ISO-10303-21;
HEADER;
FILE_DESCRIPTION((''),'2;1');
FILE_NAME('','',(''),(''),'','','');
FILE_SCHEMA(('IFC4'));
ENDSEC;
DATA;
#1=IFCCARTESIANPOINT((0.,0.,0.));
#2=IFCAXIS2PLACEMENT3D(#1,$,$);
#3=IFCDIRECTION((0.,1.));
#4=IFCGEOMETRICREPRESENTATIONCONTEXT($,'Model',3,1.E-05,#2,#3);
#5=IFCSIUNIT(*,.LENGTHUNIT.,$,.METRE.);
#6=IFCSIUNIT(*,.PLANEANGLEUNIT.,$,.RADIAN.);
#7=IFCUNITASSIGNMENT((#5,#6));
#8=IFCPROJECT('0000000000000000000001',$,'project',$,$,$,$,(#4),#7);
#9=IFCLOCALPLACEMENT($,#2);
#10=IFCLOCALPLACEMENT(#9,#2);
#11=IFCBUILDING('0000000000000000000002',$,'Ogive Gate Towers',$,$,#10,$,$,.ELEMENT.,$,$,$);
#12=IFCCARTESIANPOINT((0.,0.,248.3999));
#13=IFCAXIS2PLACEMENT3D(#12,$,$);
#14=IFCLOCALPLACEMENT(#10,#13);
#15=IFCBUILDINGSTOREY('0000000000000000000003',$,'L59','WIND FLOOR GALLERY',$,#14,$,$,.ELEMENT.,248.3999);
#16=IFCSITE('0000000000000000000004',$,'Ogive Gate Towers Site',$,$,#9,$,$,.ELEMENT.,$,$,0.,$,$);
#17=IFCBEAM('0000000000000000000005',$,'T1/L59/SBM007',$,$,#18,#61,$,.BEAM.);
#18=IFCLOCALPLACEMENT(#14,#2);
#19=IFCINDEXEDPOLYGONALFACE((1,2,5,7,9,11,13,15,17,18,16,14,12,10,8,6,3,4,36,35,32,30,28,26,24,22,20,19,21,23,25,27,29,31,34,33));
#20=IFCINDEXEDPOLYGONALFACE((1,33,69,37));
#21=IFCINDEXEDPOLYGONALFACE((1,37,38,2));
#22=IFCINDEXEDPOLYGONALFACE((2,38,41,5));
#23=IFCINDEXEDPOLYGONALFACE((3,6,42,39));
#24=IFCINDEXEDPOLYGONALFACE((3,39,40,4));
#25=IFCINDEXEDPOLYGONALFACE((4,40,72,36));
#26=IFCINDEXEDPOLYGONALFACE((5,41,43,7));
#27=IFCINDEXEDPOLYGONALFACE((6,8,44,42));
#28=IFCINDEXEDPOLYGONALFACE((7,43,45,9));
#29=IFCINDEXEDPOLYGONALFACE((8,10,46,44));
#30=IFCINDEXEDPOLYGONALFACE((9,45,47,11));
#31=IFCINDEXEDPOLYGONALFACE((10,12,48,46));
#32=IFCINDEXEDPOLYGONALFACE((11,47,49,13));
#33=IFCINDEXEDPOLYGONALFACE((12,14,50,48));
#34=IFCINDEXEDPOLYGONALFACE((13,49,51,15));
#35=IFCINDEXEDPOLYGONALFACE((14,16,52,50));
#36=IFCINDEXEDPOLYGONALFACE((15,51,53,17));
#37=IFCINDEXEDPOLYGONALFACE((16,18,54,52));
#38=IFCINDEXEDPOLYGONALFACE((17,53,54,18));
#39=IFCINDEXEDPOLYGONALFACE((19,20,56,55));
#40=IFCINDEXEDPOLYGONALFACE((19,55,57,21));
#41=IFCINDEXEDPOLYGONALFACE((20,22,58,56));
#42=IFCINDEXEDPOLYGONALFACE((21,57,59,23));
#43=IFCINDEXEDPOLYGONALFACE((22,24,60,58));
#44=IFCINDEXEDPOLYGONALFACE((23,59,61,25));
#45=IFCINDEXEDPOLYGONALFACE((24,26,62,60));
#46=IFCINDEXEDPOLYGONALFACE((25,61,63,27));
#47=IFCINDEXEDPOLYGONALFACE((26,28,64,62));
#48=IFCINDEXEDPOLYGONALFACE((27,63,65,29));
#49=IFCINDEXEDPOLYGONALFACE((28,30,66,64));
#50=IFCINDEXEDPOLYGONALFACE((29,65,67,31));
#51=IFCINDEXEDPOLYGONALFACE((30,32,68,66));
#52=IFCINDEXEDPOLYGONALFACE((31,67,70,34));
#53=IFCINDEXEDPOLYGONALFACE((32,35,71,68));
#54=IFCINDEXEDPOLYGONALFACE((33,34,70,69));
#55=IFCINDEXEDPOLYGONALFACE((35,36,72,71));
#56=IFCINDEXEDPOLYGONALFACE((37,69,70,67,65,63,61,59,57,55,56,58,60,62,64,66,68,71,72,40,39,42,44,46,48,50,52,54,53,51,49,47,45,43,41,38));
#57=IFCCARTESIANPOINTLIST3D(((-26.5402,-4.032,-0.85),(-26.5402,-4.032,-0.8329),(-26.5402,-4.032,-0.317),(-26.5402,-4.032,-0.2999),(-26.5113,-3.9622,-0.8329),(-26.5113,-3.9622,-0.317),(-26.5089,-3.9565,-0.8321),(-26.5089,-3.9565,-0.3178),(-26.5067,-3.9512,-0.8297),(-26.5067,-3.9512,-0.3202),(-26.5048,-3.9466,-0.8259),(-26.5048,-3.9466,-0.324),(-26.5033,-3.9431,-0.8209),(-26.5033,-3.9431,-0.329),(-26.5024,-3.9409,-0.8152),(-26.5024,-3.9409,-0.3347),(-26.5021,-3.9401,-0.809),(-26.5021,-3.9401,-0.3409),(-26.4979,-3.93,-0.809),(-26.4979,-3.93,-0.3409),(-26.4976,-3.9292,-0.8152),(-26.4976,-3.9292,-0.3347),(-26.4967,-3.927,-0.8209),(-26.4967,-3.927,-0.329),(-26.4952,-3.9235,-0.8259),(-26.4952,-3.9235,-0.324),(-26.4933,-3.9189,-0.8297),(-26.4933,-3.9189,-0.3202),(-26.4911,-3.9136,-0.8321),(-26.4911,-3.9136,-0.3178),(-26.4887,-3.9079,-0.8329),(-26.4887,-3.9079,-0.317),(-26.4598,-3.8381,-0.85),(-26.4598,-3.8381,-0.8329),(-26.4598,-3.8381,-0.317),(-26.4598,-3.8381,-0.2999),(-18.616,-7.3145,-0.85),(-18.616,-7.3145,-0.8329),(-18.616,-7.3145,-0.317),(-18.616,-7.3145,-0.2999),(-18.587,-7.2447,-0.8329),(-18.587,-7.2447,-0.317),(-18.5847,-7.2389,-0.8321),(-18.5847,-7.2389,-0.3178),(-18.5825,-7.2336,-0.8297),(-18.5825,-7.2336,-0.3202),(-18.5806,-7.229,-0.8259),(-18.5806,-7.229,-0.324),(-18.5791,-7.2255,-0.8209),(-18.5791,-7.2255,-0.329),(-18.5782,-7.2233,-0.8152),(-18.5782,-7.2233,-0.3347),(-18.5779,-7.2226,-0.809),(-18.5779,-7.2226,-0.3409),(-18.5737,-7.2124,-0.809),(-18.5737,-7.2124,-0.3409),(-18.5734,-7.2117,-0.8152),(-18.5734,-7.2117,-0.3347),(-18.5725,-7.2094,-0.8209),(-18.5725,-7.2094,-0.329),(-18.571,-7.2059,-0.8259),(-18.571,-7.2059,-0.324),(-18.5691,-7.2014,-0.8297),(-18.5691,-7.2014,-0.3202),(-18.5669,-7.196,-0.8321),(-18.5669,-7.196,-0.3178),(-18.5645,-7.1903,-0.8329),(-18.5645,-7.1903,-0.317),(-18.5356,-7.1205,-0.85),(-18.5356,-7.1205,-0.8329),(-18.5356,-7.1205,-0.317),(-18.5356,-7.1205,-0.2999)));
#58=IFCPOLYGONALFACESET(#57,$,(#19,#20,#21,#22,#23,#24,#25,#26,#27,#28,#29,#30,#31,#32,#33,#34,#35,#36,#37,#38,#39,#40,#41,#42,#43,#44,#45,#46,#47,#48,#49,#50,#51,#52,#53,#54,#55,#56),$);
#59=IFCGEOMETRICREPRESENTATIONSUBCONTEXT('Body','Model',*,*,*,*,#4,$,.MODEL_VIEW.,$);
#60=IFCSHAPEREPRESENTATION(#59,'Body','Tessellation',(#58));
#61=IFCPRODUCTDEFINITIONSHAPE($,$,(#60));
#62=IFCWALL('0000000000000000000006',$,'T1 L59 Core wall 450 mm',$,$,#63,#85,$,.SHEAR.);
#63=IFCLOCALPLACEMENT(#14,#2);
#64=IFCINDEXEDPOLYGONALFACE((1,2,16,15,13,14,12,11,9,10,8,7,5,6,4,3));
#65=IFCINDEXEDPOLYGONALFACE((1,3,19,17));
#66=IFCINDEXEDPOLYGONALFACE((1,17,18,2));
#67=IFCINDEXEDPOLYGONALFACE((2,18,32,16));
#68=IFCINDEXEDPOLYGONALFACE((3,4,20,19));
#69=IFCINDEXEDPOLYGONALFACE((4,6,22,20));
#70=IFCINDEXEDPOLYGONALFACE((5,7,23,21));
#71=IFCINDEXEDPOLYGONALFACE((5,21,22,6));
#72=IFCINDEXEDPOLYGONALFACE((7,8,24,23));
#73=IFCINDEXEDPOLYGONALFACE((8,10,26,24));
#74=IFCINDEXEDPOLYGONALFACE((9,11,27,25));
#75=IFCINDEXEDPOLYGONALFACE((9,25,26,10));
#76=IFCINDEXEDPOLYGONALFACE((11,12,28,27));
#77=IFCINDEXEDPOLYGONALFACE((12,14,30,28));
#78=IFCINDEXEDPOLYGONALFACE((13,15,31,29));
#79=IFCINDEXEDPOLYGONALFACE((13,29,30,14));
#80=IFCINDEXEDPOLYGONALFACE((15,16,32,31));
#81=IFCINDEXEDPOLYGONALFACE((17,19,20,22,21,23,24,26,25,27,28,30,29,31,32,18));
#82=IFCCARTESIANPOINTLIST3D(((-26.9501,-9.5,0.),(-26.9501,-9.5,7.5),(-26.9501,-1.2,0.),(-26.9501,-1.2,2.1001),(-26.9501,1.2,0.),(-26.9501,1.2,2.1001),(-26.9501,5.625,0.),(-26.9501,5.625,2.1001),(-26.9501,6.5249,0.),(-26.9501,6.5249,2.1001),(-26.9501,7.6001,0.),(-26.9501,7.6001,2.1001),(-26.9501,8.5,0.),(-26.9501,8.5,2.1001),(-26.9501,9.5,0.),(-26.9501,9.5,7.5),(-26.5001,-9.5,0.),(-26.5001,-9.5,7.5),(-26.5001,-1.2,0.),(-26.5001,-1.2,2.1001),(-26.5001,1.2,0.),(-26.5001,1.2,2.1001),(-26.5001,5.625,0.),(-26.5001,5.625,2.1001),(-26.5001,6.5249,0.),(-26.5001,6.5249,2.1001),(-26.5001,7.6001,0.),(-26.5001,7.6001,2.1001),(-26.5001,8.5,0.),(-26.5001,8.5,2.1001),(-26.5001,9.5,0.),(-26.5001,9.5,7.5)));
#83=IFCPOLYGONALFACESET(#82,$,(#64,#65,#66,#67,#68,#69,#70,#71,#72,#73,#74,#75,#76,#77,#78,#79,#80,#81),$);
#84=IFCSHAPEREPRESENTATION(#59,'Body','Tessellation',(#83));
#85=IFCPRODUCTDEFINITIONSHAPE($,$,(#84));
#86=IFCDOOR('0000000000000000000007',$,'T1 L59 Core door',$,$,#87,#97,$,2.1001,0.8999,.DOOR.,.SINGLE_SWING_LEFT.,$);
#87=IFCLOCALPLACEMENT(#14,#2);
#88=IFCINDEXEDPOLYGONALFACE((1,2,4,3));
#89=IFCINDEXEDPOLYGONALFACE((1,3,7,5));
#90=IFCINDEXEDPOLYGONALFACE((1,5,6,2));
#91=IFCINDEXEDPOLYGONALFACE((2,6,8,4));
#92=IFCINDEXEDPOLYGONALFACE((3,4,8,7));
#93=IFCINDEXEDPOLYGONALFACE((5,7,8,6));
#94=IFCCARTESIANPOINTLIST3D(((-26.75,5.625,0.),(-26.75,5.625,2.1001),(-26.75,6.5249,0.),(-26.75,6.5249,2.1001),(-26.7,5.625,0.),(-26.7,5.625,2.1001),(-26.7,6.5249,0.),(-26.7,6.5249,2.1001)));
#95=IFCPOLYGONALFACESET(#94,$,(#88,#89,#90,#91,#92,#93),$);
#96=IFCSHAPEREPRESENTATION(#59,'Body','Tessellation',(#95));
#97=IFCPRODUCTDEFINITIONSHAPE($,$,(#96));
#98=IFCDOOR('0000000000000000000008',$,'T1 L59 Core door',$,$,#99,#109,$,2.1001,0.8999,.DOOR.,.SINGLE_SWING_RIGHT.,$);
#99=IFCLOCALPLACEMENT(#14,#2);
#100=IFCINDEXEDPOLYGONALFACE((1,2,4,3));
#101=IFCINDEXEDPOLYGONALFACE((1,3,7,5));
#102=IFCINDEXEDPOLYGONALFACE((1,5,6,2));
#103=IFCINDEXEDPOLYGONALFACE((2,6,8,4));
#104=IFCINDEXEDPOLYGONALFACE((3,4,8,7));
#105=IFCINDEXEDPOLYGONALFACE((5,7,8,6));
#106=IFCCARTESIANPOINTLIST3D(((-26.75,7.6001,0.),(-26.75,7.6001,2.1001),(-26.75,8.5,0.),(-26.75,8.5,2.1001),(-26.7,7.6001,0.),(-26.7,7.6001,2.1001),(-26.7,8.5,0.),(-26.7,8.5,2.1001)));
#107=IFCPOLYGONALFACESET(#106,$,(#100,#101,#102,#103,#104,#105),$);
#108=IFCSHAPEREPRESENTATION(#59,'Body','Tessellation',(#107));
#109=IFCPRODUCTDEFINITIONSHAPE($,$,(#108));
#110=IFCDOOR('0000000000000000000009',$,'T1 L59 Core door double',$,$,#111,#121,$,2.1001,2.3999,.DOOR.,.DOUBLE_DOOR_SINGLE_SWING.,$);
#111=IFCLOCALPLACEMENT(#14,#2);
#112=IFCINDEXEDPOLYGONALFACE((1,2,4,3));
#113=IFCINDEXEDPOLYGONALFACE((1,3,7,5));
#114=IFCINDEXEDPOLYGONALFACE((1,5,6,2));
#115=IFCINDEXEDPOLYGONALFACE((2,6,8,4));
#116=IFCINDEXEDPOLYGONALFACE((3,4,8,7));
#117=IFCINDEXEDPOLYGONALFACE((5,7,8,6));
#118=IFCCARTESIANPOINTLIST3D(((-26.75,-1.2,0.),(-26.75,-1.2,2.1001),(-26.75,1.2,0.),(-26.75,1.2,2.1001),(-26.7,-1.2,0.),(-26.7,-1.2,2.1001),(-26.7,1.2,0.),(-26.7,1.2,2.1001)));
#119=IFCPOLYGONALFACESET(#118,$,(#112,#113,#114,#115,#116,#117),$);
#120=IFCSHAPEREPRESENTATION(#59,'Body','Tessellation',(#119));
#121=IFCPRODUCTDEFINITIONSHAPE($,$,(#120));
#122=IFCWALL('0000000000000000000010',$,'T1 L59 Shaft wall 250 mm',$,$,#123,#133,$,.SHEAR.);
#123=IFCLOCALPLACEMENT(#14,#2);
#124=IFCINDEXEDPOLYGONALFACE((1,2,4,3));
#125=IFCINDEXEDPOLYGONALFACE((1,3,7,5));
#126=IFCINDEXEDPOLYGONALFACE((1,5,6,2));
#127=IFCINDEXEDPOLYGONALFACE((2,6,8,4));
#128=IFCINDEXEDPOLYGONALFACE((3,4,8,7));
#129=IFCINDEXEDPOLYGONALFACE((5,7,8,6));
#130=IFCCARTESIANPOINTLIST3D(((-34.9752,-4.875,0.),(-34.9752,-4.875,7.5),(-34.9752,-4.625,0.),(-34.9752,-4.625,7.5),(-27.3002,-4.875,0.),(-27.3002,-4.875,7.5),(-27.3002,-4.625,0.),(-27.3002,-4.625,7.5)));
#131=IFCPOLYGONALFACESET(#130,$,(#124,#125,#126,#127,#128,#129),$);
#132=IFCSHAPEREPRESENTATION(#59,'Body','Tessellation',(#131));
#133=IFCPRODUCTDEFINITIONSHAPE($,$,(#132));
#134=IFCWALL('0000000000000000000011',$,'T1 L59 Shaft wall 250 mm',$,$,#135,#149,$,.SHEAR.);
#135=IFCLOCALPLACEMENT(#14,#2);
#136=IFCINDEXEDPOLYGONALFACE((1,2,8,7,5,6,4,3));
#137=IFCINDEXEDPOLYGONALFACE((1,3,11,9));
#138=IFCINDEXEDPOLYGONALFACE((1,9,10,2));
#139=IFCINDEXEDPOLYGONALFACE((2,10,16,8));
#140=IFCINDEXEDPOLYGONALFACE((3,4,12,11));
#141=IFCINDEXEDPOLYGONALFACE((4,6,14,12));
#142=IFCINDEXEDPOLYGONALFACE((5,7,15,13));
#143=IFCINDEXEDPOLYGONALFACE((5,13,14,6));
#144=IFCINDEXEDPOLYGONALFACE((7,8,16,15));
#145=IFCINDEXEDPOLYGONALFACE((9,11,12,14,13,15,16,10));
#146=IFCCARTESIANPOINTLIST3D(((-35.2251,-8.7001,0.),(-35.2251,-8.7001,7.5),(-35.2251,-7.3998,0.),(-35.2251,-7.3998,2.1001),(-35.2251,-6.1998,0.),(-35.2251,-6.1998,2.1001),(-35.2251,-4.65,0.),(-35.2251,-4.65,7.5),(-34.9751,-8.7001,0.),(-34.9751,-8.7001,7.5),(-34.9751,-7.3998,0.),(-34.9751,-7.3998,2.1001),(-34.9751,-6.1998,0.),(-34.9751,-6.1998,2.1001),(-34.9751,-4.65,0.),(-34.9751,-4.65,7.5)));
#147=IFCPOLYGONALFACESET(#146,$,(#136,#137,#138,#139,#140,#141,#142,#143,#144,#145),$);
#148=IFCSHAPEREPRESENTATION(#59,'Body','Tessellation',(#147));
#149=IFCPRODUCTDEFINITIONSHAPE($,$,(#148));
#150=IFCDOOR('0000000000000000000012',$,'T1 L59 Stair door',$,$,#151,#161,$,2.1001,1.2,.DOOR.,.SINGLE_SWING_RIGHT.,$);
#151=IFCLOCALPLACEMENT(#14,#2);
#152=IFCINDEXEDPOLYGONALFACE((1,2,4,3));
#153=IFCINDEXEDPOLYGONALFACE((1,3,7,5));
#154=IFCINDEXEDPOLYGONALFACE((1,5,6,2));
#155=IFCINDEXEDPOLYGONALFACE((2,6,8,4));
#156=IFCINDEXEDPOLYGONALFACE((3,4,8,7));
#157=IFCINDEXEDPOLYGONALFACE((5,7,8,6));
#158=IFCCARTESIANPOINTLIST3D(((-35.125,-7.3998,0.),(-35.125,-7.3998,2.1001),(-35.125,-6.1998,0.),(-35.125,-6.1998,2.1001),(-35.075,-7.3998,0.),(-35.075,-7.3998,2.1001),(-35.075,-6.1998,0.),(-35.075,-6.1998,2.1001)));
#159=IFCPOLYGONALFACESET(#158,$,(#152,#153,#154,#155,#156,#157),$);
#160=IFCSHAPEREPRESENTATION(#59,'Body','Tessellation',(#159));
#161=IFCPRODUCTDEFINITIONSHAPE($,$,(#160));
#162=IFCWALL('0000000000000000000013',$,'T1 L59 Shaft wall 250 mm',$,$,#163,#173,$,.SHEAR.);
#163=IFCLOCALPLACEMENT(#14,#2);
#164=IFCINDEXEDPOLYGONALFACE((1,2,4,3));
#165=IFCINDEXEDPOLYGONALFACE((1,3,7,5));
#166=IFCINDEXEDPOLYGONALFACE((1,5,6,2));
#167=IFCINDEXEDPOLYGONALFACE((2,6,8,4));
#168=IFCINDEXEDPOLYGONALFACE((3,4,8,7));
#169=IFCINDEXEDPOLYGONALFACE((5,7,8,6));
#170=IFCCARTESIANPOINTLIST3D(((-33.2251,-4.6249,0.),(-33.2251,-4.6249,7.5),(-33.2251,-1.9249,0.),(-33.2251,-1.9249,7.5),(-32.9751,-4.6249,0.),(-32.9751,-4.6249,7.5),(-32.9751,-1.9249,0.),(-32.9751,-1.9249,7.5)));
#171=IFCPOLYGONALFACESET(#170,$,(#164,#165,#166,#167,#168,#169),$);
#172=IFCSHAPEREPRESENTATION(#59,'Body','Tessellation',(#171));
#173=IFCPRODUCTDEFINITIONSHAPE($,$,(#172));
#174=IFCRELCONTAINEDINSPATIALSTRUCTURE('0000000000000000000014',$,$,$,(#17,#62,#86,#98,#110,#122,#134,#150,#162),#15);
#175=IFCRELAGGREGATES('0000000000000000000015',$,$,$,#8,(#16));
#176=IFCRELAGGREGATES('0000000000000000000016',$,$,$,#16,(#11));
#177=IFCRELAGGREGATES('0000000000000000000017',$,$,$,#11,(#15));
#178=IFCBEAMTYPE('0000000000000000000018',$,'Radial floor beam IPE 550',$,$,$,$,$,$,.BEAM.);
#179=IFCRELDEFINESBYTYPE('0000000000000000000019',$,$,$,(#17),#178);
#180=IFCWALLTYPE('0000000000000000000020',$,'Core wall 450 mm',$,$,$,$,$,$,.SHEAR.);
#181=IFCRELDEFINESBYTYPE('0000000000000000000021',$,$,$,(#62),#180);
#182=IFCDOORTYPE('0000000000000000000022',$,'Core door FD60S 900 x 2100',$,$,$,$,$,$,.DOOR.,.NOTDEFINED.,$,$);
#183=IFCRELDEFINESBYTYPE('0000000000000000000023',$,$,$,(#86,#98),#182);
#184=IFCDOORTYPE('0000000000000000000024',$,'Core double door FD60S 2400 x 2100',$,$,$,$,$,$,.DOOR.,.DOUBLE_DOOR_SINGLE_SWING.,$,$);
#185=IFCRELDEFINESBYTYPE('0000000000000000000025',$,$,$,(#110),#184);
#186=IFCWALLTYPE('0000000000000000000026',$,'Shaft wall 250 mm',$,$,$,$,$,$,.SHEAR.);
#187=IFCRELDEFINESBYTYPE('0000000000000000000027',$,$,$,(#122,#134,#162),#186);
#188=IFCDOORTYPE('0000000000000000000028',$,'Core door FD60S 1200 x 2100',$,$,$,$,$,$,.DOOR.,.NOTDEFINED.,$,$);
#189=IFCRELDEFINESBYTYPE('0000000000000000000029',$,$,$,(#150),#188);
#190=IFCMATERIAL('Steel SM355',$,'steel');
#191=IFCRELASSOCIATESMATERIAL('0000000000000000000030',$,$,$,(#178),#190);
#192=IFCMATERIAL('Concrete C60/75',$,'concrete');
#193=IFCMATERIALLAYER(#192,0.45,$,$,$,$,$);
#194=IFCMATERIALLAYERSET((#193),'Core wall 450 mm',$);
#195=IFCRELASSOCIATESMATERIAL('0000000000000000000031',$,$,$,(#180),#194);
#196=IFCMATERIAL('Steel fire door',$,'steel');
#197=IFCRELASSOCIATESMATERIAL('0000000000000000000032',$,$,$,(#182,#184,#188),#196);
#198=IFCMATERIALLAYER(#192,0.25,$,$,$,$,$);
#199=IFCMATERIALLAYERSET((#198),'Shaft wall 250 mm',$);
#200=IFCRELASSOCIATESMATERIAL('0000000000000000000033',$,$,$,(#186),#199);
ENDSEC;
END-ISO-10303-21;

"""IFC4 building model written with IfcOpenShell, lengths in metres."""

from ifc_helpers import new_model, si_unit, direction, frame, frame_2d, origin, origin_2d, place, context, subcontext, project, spatial, rectangle, i_section, extrude, material, layer, layer_set, material_profile, profile_set, type_object, element, fill, save


model = new_model("IFC4")

# Units and contexts
model_context = context("Model", 3, precision=1e-05, world=origin(), true_north=direction((0.0, 1.0)))
body_context = subcontext(model_context, "Body", "Model", "MODEL_VIEW")
ifc_project = project(units=[si_unit("LENGTHUNIT", "METRE"), si_unit("PLANEANGLEUNIT", "RADIAN")], contexts=[model_context])

# Site, building, storey
site_placement = place(None, origin())
site = spatial("IfcSite", under=ifc_project, at=site_placement, Name="Ogive Gate Towers Site", CompositionType="ELEMENT", RefElevation=0.0)
building_placement = place(site_placement, origin())
building = spatial("IfcBuilding", under=site, at=building_placement, Name="Ogive Gate Towers", CompositionType="ELEMENT")
storey_placement = place(building_placement, frame((0.0, 0.0, 248.3999)))
storey = spatial("IfcBuildingStorey", under=building, at=storey_placement, Name="L59", Description="WIND FLOOR GALLERY", CompositionType="ELEMENT", Elevation=248.3999)

# Beam
ifc_material_1 = material(Name="Steel SM355", Category="steel")
ifc_material_profile_1 = material_profile(ifc_material_1, i_section(OverallWidth=0.21, OverallDepth=0.55, WebThickness=0.011, FlangeThickness=0.0171, FilletRadius=0.0239, at=origin_2d()), Name="IPE 550")
ifc_profile_set_1 = profile_set([ifc_material_profile_1], Name="Steel SM355")
beam_type_1 = type_object("IfcBeamType", Name="Radial floor beam IPE 550", PredefinedType="BEAM", material=ifc_profile_set_1)
beam_1_placement = place(storey_placement, frame((-26.5, -3.9351, -0.575), z_axis=(0.923875, -0.382695, 0.0), x_axis=(0.382695, 0.923875, 0.0)))
element("IfcBeam", 1, at=beam_1_placement, inside=storey, type_object=beam_type_1, Name="T1/L59/SBM007", PredefinedType="BEAM", context=body_context, shape_type="SweptSolid", body=[
    extrude(i_section(OverallWidth=0.21, OverallDepth=0.55, WebThickness=0.011, FlangeThickness=0.0171, FilletRadius=0.0239, at=origin_2d()), origin(), (0.0, 0.0, 1.0), 8.5771),
])

# Wall, openings, doors
ifc_material_2 = material(Name="Concrete C60/75", Category="concrete")
ifc_layer_1 = layer(ifc_material_2, 0.45)
ifc_layer_set_1 = layer_set([ifc_layer_1], Name="Core wall 450 mm")
wall_type_1 = type_object("IfcWallType", Name="Core wall 450 mm", PredefinedType="SHEAR", material=ifc_layer_set_1)
wall_1_placement = place(storey_placement, frame((-26.7251, -9.5, 0.0), z_axis=(0.0, 0.0, 1.0), x_axis=(0.0, 1.0, 0.0)))
wall_1 = element("IfcWall", 2, at=wall_1_placement, inside=storey, type_object=wall_type_1, Name="T1 L59 Core wall 450 mm", PredefinedType="SHEAR", context=body_context, shape_type="SweptSolid", body=[
    extrude(rectangle(XDim=19.0, YDim=0.45, at=frame_2d((9.5, 0.0))), origin(), (0.0, 0.0, 1.0), 7.5),
])
opening_1_placement = place(wall_1_placement, frame((8.3, 0.0, 0.0)))
opening_1 = element("IfcOpeningElement", 3, at=opening_1_placement, cuts=wall_1, PredefinedType="OPENING", context=body_context, shape_type="SweptSolid", body=[
    extrude(rectangle(XDim=2.3999, YDim=2.1001, at=frame_2d((1.2, 1.05))), frame((0.0, 0.2349, 0.0), z_axis=(0.0, -1.0, 0.0), x_axis=(1.0, 0.0, 0.0)), (0.0, 0.0, 1.0), 0.47),
])
opening_2_placement = place(wall_1_placement, frame((15.125, 0.0, 0.0)))
opening_2 = element("IfcOpeningElement", 4, at=opening_2_placement, cuts=wall_1, PredefinedType="OPENING", context=body_context, shape_type="SweptSolid", body=[
    extrude(rectangle(XDim=0.8999, YDim=2.1001, at=frame_2d((0.45, 1.05))), frame((0.0, 0.2349, 0.0), z_axis=(0.0, -1.0, 0.0), x_axis=(1.0, 0.0, 0.0)), (0.0, 0.0, 1.0), 0.47),
])
opening_3_placement = place(wall_1_placement, frame((17.1001, 0.0, 0.0)))
opening_3 = element("IfcOpeningElement", 5, at=opening_3_placement, cuts=wall_1, PredefinedType="OPENING", context=body_context, shape_type="SweptSolid", body=[
    extrude(rectangle(XDim=0.8999, YDim=2.1001, at=frame_2d((0.45, 1.05))), frame((0.0, 0.2349, 0.0), z_axis=(0.0, -1.0, 0.0), x_axis=(1.0, 0.0, 0.0)), (0.0, 0.0, 1.0), 0.47),
])
ifc_material_3 = material(Name="Steel fire door", Category="steel")
door_type_1 = type_object("IfcDoorType", Name="Core door FD60S 900 x 2100", OperationType="NOTDEFINED", PredefinedType="DOOR", material=ifc_material_3)
door_1_placement = place(opening_2_placement, origin())
door_1 = element("IfcDoor", 6, at=door_1_placement, inside=storey, type_object=door_type_1, Name="T1 L59 Core door", OperationType="SINGLE_SWING_LEFT", OverallHeight=2.1001, OverallWidth=0.8999, PredefinedType="DOOR", context=body_context, shape_type="SweptSolid", body=[
    extrude(rectangle(XDim=0.8999, YDim=2.1001, at=frame_2d((0.45, 1.05))), frame((0.0, 0.0249, 0.0), z_axis=(0.0, -1.0, 0.0), x_axis=(1.0, 0.0, 0.0)), (0.0, 0.0, 1.0), 0.05),
])
fill(opening_2, door_1)
door_2_placement = place(opening_3_placement, origin())
door_2 = element("IfcDoor", 7, at=door_2_placement, inside=storey, type_object=door_type_1, Name="T1 L59 Core door", OperationType="SINGLE_SWING_RIGHT", OverallHeight=2.1001, OverallWidth=0.8999, PredefinedType="DOOR", context=body_context, shape_type="SweptSolid", body=[
    extrude(rectangle(XDim=0.8999, YDim=2.1001, at=frame_2d((0.45, 1.05))), frame((0.0, 0.0249, 0.0), z_axis=(0.0, -1.0, 0.0), x_axis=(1.0, 0.0, 0.0)), (0.0, 0.0, 1.0), 0.05),
])
fill(opening_3, door_2)
door_type_2 = type_object("IfcDoorType", Name="Core double door FD60S 2400 x 2100", OperationType="DOUBLE_DOOR_SINGLE_SWING", PredefinedType="DOOR", material=ifc_material_3)
door_3_placement = place(opening_1_placement, origin())
door_3 = element("IfcDoor", 8, at=door_3_placement, inside=storey, type_object=door_type_2, Name="T1 L59 Core door double", OperationType="DOUBLE_DOOR_SINGLE_SWING", OverallHeight=2.1001, OverallWidth=2.3999, PredefinedType="DOOR", context=body_context, shape_type="SweptSolid", body=[
    extrude(rectangle(XDim=2.3999, YDim=2.1001, at=frame_2d((1.2, 1.05))), frame((0.0, 0.0249, 0.0), z_axis=(0.0, -1.0, 0.0), x_axis=(1.0, 0.0, 0.0)), (0.0, 0.0, 1.0), 0.05),
])
fill(opening_1, door_3)

# Wall
ifc_layer_2 = layer(ifc_material_2, 0.25)
ifc_layer_set_2 = layer_set([ifc_layer_2], Name="Shaft wall 250 mm")
wall_type_2 = type_object("IfcWallType", Name="Shaft wall 250 mm", PredefinedType="SHEAR", material=ifc_layer_set_2)
wall_2_placement = place(storey_placement, frame((-34.9751, -4.75, 0.0), z_axis=(0.0, 0.0, 1.0), x_axis=(1.0, 0.0, 0.0)))
element("IfcWall", 9, at=wall_2_placement, inside=storey, type_object=wall_type_2, Name="T1 L59 Shaft wall 250 mm", PredefinedType="SHEAR", context=body_context, shape_type="SweptSolid", body=[
    extrude(rectangle(XDim=7.675, YDim=0.25, at=frame_2d((3.8374, 0.0))), origin(), (0.0, 0.0, 1.0), 7.5),
])

# Wall, opening, door
wall_3_placement = place(storey_placement, frame((-35.1001, -8.7, 0.0), z_axis=(0.0, 0.0, 1.0), x_axis=(0.0, 1.0, 0.0)))
wall_3 = element("IfcWall", 10, at=wall_3_placement, inside=storey, type_object=wall_type_2, Name="T1 L59 Shaft wall 250 mm", PredefinedType="SHEAR", context=body_context, shape_type="SweptSolid", body=[
    extrude(rectangle(XDim=4.05, YDim=0.25, at=frame_2d((2.0249, 0.0))), origin(), (0.0, 0.0, 1.0), 7.5),
])
opening_4_placement = place(wall_3_placement, frame((1.3, 0.0, 0.0)))
opening_4 = element("IfcOpeningElement", 11, at=opening_4_placement, cuts=wall_3, PredefinedType="OPENING", context=body_context, shape_type="SweptSolid", body=[
    extrude(rectangle(XDim=1.2, YDim=2.1001, at=frame_2d((0.6001, 1.05))), frame((0.0, 0.135, 0.0), z_axis=(0.0, -1.0, 0.0), x_axis=(1.0, 0.0, 0.0)), (0.0, 0.0, 1.0), 0.27),
])
door_type_3 = type_object("IfcDoorType", Name="Core door FD60S 1200 x 2100", OperationType="NOTDEFINED", PredefinedType="DOOR", material=ifc_material_3)
door_4_placement = place(opening_4_placement, origin())
door_4 = element("IfcDoor", 12, at=door_4_placement, inside=storey, type_object=door_type_3, Name="T1 L59 Stair door", OperationType="SINGLE_SWING_RIGHT", OverallHeight=2.1001, OverallWidth=1.2, PredefinedType="DOOR", context=body_context, shape_type="SweptSolid", body=[
    extrude(rectangle(XDim=1.2, YDim=2.1001, at=frame_2d((0.6001, 1.05))), frame((0.0, 0.0249, 0.0), z_axis=(0.0, -1.0, 0.0), x_axis=(1.0, 0.0, 0.0)), (0.0, 0.0, 1.0), 0.05),
])
fill(opening_4, door_4)

# Wall
for number, where, z_axis, x_axis, name in (
    (13, (-33.1001, -4.625, 0.0), (0.0, 0.0, 1.0), (0.0, 1.0, 0.0), "T1 L59 Shaft wall 250 mm"),
):
    element("IfcWall", number, at=place(storey_placement, frame(where, z_axis=z_axis, x_axis=x_axis)), inside=storey, type_object=wall_type_2, Name=name, PredefinedType="SHEAR", context=body_context, shape_type="SweptSolid", body=[
        extrude(rectangle(XDim=2.7, YDim=0.25, at=frame_2d((1.3501, 0.0))), origin(), (0.0, 0.0, 1.0), 7.5),
    ])

save(model, "model.ifc")
